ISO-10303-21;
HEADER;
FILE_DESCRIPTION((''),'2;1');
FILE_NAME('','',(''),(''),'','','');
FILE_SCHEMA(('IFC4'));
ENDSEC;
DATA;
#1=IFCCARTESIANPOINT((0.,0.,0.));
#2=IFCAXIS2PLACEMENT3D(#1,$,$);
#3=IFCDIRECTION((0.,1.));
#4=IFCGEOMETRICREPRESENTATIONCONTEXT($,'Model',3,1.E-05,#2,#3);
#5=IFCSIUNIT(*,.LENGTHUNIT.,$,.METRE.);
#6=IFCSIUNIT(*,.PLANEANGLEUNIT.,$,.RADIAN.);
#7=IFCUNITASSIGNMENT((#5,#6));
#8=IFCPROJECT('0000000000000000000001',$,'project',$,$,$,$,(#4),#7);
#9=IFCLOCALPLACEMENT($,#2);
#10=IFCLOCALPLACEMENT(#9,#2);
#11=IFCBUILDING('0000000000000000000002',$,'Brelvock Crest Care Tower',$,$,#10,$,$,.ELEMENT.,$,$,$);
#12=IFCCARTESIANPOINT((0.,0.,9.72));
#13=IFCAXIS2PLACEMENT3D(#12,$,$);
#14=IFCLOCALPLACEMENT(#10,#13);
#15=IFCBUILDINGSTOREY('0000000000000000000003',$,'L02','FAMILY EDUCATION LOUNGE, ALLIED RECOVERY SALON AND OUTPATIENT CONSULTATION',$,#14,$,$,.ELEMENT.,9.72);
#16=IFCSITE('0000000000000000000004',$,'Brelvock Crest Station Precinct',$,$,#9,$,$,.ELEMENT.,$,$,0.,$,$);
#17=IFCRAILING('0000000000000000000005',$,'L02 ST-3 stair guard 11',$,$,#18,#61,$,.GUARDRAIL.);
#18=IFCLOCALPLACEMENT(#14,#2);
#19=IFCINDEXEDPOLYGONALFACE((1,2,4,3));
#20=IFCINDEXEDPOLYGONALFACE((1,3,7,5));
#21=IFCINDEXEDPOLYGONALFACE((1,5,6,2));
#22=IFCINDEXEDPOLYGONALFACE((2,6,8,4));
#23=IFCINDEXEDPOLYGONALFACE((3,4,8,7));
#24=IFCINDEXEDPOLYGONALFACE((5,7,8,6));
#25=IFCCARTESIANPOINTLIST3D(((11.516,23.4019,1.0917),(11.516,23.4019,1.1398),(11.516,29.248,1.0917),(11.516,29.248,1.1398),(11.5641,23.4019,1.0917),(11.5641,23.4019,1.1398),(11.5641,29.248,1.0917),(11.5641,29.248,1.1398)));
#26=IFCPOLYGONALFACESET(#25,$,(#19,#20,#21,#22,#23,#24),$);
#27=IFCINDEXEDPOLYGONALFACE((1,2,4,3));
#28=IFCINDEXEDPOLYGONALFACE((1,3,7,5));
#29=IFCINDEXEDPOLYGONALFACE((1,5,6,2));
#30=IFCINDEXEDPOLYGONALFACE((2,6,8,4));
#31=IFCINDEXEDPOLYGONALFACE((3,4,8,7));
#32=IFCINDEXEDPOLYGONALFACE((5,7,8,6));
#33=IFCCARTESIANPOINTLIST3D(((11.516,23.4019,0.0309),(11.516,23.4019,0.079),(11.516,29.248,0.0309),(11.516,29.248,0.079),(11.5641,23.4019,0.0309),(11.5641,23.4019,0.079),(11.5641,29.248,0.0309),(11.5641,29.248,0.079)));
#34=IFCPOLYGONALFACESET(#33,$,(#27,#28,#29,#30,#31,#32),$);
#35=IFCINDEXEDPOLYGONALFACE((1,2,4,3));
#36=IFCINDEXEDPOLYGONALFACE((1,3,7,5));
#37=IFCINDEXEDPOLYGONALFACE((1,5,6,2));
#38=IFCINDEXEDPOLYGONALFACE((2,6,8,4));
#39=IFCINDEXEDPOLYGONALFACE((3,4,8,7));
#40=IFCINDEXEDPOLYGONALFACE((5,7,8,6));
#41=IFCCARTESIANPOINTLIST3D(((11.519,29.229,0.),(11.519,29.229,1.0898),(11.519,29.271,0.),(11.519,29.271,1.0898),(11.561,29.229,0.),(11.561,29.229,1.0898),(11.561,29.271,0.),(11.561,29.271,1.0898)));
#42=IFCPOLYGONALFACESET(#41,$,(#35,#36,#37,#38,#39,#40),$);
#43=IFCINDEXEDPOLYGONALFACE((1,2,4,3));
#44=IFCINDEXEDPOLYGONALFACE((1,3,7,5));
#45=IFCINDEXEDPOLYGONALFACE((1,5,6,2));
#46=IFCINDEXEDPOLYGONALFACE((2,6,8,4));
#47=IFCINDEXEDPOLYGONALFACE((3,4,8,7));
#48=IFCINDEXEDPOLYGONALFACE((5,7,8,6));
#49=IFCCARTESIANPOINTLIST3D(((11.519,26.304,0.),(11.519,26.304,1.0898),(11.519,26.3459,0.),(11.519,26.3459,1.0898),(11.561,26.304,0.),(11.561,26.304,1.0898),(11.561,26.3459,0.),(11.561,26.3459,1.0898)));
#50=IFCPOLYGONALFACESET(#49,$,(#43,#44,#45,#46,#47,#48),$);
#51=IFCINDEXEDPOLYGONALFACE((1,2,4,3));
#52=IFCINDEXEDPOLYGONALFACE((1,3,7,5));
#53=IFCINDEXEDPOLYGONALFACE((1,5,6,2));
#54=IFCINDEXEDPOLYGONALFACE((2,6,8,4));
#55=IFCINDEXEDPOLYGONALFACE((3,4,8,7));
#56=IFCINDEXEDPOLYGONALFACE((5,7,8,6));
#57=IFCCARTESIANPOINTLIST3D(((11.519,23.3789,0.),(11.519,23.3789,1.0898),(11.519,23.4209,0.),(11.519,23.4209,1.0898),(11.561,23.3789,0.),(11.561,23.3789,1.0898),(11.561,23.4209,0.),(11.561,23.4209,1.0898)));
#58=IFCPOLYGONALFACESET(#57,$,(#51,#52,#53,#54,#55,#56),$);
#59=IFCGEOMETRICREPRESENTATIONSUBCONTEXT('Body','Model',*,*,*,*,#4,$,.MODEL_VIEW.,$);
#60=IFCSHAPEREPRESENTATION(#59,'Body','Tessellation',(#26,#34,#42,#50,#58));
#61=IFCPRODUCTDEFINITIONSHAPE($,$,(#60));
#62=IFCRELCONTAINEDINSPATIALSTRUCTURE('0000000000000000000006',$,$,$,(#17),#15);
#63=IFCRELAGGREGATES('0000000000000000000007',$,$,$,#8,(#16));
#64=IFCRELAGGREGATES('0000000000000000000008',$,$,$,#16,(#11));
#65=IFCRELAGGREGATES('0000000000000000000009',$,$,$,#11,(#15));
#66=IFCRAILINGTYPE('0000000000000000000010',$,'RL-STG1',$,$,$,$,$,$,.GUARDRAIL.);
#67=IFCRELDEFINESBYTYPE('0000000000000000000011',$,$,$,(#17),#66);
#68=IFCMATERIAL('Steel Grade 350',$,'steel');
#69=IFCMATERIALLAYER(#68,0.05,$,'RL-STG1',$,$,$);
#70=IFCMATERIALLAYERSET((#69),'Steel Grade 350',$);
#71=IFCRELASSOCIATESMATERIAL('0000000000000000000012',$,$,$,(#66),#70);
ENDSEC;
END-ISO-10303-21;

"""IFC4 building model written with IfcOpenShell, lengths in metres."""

from ifc_helpers import new_model, si_unit, direction, frame, origin, origin_2d, place, context, subcontext, project, spatial, rectangle, extrude, material, layer, layer_set, type_object, element, save


model = new_model("IFC4")

# Units and contexts
model_context = context("Model", 3, precision=1e-05, world=origin(), true_north=direction((0.0, 1.0)))
body_context = subcontext(model_context, "Body", "Model", "MODEL_VIEW")
ifc_project = project(units=[si_unit("LENGTHUNIT", "METRE"), si_unit("PLANEANGLEUNIT", "RADIAN")], contexts=[model_context])

# Site, building, storey
site_placement = place(None, origin())
site = spatial("IfcSite", under=ifc_project, at=site_placement, Name="Brelvock Crest Station Precinct", CompositionType="ELEMENT", RefElevation=0.0)
building_placement = place(site_placement, origin())
building = spatial("IfcBuilding", under=site, at=building_placement, Name="Brelvock Crest Care Tower", CompositionType="ELEMENT")
storey_placement = place(building_placement, frame((0.0, 0.0, 9.72)))
storey = spatial("IfcBuildingStorey", under=building, at=storey_placement, Name="L02", Description="FAMILY EDUCATION LOUNGE, ALLIED RECOVERY SALON AND OUTPATIENT CONSULTATION", CompositionType="ELEMENT", Elevation=9.72)

# Shared definitions
ifc_material_1 = material(Name="Steel Grade 350", Category="steel")

# Railing
ifc_layer_1 = layer(ifc_material_1, 0.05, Name="RL-STG1")
ifc_layer_set_1 = layer_set([ifc_layer_1], Name="Steel Grade 350")
railing_type = type_object("IfcRailingType", Name="RL-STG1", PredefinedType="GUARDRAIL", material=ifc_layer_set_1)
railing_placement = place(storey_placement, frame((11.54, 29.25, 0.0)))
element("IfcRailing", 1, at=railing_placement, inside=storey, type_object=railing_type, Name="L02 ST-3 stair guard 11", PredefinedType="GUARDRAIL", context=body_context, shape_type="SweptSolid", body=[
    extrude(rectangle(XDim=0.0481, YDim=0.0481, at=origin_2d()), frame((0.0, -0.002, 1.1157), z_axis=(0.0, -1.0, 0.0), x_axis=(1.0, 0.0, 0.0)), (0.0, 0.0, 1.0), 5.8462),
    extrude(rectangle(XDim=0.0481, YDim=0.0481, at=origin_2d()), frame((0.0, -0.002, 0.0549), z_axis=(0.0, -1.0, 0.0), x_axis=(1.0, 0.0, 0.0)), (0.0, 0.0, 1.0), 5.8462),
    extrude(rectangle(XDim=0.042, YDim=0.042, at=origin_2d()), origin(), (0.0, 0.0, 1.0), 1.0898),
    extrude(rectangle(XDim=0.042, YDim=0.042, at=origin_2d()), frame((0.0, -2.925, 0.0)), (0.0, 0.0, 1.0), 1.0898),
    extrude(rectangle(XDim=0.042, YDim=0.042, at=origin_2d()), frame((0.0, -5.8501, 0.0)), (0.0, 0.0, 1.0), 1.0898),
])

save(model, "model.ifc")
